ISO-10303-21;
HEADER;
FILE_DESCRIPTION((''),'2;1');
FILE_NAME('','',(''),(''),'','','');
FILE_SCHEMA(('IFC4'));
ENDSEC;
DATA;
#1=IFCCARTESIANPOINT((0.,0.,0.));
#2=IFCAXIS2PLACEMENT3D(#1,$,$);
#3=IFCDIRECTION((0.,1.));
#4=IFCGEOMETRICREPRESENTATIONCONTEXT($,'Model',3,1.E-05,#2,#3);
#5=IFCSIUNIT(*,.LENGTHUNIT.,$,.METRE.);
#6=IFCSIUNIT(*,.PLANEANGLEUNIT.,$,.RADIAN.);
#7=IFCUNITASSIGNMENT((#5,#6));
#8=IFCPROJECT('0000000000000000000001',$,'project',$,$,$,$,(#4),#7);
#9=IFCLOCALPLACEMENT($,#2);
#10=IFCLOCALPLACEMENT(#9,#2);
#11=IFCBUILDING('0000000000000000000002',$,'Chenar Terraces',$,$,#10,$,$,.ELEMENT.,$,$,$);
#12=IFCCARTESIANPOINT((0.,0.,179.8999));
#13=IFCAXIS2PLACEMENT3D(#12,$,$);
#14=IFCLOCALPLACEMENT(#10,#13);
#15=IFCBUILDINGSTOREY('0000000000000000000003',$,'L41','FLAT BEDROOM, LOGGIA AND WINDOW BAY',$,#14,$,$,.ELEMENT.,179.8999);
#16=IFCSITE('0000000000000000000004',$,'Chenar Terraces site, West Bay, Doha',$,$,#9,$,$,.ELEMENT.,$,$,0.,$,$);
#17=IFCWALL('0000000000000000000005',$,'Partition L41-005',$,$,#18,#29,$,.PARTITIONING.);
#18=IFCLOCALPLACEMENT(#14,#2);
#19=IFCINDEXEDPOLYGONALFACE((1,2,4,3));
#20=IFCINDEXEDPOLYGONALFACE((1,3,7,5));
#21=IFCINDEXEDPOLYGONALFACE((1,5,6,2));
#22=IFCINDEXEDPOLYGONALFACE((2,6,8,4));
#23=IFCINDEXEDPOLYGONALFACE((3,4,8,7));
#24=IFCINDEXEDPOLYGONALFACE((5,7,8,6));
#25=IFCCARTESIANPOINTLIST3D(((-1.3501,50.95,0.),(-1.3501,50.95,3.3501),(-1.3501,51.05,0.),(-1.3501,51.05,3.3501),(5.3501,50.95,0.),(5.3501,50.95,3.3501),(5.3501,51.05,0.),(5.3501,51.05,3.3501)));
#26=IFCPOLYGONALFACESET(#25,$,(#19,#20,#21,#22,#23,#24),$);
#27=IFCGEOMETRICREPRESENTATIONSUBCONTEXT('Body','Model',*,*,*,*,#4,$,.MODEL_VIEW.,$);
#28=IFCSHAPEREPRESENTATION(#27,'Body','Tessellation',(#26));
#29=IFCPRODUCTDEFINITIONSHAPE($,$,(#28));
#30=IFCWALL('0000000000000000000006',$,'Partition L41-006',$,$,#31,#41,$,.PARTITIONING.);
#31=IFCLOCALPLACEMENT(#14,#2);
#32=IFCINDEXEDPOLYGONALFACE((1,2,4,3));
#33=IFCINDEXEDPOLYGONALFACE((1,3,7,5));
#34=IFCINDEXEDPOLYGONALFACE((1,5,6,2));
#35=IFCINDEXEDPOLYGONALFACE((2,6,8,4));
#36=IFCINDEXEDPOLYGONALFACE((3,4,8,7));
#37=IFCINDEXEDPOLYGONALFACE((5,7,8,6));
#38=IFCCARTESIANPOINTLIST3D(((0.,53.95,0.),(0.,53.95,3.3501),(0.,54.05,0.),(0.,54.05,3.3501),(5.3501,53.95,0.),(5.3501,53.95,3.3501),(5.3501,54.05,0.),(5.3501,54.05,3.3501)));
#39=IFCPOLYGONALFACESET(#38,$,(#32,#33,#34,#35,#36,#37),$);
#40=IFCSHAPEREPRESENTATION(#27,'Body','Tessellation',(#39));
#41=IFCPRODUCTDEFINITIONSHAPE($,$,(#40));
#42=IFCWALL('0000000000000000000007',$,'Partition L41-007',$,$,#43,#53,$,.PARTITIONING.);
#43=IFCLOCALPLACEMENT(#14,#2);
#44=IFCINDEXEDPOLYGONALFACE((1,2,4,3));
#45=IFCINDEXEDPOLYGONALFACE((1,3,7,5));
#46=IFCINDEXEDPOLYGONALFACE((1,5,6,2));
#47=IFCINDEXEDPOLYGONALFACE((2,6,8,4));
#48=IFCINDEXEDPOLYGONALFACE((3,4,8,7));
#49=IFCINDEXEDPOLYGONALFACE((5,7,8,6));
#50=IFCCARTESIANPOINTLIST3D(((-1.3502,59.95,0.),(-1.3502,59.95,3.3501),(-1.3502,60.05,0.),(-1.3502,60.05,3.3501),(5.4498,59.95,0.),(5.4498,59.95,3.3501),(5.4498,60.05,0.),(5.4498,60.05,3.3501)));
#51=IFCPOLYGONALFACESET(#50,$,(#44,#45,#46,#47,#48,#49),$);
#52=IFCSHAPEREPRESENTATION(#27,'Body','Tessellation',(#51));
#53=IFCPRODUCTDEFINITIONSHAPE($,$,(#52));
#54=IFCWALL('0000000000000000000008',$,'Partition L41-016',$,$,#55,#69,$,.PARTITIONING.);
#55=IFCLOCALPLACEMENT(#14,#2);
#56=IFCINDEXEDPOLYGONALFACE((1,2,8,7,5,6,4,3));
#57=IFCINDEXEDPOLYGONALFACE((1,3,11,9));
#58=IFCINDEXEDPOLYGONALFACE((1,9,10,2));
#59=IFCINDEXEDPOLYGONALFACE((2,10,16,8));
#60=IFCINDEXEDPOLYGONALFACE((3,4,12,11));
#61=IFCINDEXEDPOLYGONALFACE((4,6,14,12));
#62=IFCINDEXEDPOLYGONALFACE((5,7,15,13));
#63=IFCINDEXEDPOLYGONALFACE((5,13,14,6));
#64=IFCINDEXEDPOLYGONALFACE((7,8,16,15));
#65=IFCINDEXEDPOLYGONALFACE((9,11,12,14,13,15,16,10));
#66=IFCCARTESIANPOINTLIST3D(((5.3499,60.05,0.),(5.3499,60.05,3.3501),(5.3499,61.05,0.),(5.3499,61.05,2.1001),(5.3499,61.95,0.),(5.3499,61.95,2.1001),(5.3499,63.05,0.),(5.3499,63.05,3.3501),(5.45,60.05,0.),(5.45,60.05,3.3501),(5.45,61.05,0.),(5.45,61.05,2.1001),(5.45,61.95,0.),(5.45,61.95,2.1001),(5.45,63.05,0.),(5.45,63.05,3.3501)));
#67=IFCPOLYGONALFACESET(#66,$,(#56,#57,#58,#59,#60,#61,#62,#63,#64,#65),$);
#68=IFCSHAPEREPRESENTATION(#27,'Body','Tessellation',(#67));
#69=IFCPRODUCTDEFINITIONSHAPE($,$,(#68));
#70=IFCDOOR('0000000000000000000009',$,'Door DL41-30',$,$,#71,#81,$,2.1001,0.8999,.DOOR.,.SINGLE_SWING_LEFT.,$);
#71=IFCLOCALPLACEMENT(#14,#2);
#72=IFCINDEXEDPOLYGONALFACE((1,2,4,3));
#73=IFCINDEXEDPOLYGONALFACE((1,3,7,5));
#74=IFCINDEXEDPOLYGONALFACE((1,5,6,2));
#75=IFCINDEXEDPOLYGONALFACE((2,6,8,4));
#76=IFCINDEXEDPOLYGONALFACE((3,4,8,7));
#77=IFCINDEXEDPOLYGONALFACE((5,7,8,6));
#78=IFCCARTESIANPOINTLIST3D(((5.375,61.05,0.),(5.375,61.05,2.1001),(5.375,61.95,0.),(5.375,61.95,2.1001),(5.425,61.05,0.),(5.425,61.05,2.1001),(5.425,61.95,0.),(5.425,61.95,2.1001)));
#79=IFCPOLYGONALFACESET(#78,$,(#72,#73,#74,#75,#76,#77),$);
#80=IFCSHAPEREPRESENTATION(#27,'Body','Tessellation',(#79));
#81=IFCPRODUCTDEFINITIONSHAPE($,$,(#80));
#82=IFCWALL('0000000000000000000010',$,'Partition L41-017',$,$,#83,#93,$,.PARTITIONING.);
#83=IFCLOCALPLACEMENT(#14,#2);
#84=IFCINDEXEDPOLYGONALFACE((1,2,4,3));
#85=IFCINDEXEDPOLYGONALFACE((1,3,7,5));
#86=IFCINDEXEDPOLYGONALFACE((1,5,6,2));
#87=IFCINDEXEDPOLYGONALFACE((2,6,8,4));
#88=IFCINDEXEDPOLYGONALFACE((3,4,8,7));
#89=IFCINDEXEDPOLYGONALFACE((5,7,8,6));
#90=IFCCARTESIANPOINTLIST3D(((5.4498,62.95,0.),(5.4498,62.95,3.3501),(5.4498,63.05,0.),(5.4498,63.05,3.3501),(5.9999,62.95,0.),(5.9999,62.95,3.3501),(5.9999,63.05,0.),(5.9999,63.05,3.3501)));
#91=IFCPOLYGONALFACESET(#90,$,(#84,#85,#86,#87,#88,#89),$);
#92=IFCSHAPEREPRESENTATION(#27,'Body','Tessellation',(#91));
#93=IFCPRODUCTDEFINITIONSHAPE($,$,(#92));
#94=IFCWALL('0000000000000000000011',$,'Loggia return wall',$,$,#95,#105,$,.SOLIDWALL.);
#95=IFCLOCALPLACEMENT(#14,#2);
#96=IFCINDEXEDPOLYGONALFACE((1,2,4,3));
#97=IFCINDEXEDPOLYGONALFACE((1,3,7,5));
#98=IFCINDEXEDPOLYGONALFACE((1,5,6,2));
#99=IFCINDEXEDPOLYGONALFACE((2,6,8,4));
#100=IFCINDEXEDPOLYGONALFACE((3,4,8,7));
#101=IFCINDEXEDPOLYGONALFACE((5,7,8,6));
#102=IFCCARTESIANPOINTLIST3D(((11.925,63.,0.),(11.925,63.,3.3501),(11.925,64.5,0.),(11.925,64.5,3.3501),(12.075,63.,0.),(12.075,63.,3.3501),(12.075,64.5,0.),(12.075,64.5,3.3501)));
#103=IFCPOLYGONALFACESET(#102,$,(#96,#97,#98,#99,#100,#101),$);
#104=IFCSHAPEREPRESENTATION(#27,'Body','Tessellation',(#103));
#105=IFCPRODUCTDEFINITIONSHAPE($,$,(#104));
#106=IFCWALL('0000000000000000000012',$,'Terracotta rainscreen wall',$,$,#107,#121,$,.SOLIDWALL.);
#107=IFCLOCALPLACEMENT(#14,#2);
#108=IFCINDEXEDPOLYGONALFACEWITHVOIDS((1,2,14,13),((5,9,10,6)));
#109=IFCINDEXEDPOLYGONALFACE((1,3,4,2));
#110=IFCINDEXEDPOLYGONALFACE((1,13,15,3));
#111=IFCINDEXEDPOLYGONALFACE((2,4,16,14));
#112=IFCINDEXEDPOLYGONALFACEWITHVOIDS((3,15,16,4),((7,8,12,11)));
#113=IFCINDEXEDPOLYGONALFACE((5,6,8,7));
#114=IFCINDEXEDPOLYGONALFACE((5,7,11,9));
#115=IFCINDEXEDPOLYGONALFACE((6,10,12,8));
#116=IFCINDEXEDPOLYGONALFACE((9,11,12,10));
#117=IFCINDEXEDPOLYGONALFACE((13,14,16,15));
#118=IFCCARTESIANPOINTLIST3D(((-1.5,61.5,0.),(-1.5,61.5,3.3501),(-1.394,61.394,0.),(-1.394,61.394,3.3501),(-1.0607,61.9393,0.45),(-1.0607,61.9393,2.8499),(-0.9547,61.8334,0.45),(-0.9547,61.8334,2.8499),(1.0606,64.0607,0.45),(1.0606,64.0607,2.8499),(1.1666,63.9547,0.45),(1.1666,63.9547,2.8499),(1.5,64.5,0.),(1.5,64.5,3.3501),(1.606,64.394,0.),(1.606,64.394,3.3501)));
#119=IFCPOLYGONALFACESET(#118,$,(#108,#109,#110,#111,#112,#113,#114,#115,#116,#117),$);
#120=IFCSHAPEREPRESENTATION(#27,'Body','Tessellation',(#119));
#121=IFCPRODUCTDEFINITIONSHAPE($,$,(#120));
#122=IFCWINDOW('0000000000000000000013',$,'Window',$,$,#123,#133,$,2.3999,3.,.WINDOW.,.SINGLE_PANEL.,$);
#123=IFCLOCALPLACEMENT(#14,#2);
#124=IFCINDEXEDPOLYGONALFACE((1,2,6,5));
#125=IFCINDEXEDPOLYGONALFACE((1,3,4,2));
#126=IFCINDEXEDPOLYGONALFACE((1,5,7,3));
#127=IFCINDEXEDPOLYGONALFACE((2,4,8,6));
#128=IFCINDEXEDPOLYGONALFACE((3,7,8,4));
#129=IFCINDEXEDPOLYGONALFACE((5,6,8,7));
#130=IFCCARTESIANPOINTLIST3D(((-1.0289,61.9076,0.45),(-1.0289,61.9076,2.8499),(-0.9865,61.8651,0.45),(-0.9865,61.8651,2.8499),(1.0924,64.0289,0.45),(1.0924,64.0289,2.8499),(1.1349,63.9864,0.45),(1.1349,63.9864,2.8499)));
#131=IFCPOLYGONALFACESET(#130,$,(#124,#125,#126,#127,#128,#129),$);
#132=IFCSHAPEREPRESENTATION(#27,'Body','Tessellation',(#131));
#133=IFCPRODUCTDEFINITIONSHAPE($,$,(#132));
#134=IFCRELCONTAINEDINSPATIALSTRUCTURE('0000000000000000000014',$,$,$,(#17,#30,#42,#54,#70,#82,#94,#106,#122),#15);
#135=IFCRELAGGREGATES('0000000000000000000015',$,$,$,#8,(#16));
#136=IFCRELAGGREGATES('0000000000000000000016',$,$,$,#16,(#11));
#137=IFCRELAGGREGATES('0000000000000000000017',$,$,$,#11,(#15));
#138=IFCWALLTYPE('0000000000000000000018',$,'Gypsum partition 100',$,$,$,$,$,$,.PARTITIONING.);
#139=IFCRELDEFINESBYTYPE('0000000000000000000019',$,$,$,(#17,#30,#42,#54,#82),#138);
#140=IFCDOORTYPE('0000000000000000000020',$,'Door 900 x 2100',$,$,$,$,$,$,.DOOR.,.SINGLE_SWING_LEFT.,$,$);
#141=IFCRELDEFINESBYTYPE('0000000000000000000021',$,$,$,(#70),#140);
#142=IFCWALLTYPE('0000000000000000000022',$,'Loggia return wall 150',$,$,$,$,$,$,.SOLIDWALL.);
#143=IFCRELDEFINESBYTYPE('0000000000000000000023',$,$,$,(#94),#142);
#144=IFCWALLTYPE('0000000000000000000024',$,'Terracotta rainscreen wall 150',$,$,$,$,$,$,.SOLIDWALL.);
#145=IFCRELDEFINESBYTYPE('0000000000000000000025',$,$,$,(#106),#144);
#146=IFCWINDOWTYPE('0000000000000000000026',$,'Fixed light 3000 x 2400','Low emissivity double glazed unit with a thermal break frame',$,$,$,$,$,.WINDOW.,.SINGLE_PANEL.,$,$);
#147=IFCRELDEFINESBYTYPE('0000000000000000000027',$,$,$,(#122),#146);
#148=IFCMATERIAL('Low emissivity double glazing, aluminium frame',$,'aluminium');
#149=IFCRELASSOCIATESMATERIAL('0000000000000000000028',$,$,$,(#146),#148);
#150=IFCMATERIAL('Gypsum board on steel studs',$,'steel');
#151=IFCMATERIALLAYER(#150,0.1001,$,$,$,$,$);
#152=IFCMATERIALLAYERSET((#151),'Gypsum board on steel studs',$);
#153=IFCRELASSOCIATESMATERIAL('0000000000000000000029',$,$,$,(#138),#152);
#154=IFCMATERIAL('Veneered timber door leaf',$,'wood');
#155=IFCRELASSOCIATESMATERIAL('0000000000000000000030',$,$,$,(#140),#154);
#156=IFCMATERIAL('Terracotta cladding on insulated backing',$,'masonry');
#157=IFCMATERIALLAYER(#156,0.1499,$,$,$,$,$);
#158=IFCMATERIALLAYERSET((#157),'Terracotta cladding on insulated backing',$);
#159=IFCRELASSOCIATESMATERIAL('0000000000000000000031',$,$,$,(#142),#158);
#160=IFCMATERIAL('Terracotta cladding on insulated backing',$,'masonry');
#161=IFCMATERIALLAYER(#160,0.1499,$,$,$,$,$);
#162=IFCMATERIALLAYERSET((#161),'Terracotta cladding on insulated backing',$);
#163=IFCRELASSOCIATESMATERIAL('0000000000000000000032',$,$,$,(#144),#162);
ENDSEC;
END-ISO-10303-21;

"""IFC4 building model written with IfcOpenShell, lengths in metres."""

from ifc_helpers import new_model, si_unit, direction, frame, frame_2d, origin, place, context, subcontext, project, spatial, rectangle, extrude, material, layer, layer_set, type_object, element, fill, save


model = new_model("IFC4")

# Units and contexts
model_context = context("Model", 3, precision=1e-05, world=origin(), true_north=direction((0.0, 1.0)))
body_context = subcontext(model_context, "Body", "Model", "MODEL_VIEW")
ifc_project = project(units=[si_unit("LENGTHUNIT", "METRE"), si_unit("PLANEANGLEUNIT", "RADIAN")], contexts=[model_context])

# Site, building, storey
site_placement = place(None, origin())
site = spatial("IfcSite", under=ifc_project, at=site_placement, Name="Chenar Terraces site, West Bay, Doha", CompositionType="ELEMENT", RefElevation=0.0)
building_placement = place(site_placement, origin())
building = spatial("IfcBuilding", under=site, at=building_placement, Name="Chenar Terraces", CompositionType="ELEMENT")
storey_placement = place(building_placement, frame((0.0, 0.0, 179.8999)))
storey = spatial("IfcBuildingStorey", under=building, at=storey_placement, Name="L41", Description="FLAT BEDROOM, LOGGIA AND WINDOW BAY", CompositionType="ELEMENT", Elevation=179.8999)

# Shared definitions
placement = place(storey_placement, frame((0.0, 54.0, 0.0), z_axis=(0.0, 0.0, 1.0), x_axis=(1.0, 0.0, 0.0)))

# Shared definitions
ifc_material_1 = material(Name="Low emissivity double glazing, aluminium frame", Category="aluminium")
window_type_1 = type_object("IfcWindowType", Name="Fixed light 3000 x 2400", Description="Low emissivity double glazed unit with a thermal break frame", PartitioningType="SINGLE_PANEL", PredefinedType="WINDOW", material=ifc_material_1)

# Walls
ifc_material_2 = material(Name="Gypsum board on steel studs", Category="steel")
ifc_layer_1 = layer(ifc_material_2, 0.1001)
ifc_layer_set_1 = layer_set([ifc_layer_1], Name="Gypsum board on steel studs")
wall_type_1 = type_object("IfcWallType", Name="Gypsum partition 100", PredefinedType="PARTITIONING", material=ifc_layer_set_1)
wall_1_placement = place(storey_placement, frame((-1.3501, 51.0, 0.0), z_axis=(0.0, 0.0, 1.0), x_axis=(1.0, 0.0, 0.0)))
element("IfcWall", 1, at=wall_1_placement, inside=storey, type_object=wall_type_1, Name="Partition L41-005", PredefinedType="PARTITIONING", context=body_context, shape_type="SweptSolid", body=[
    extrude(rectangle(XDim=6.7002, YDim=0.1001, at=frame_2d((3.3501, 0.0))), origin(), (0.0, 0.0, 1.0), 3.3501),
])
element("IfcWall", 2, at=placement, inside=storey, type_object=wall_type_1, Name="Partition L41-006", PredefinedType="PARTITIONING", context=body_context, shape_type="SweptSolid", body=[
    extrude(rectangle(XDim=5.3501, YDim=0.1001, at=frame_2d((2.675, 0.0))), origin(), (0.0, 0.0, 1.0), 3.3501),
])
wall_2_placement = place(storey_placement, frame((-1.3501, 60.0, 0.0), z_axis=(0.0, 0.0, 1.0), x_axis=(1.0, 0.0, 0.0)))
element("IfcWall", 3, at=wall_2_placement, inside=storey, type_object=wall_type_1, Name="Partition L41-007", PredefinedType="PARTITIONING", context=body_context, shape_type="SweptSolid", body=[
    extrude(rectangle(XDim=6.8, YDim=0.1001, at=frame_2d((3.3999, 0.0))), origin(), (0.0, 0.0, 1.0), 3.3501),
])

# Wall, opening, door
wall_3_placement = place(storey_placement, frame((5.3999, 60.05, 0.0), z_axis=(0.0, 0.0, 1.0), x_axis=(0.0, 1.0, 0.0)))
wall_3 = element("IfcWall", 4, at=wall_3_placement, inside=storey, type_object=wall_type_1, Name="Partition L41-016", PredefinedType="PARTITIONING", context=body_context, shape_type="SweptSolid", body=[
    extrude(rectangle(XDim=3.0, YDim=0.1001, at=frame_2d((1.5, 0.0))), origin(), (0.0, 0.0, 1.0), 3.3501),
])
opening_1_placement = place(wall_3_placement, frame((1.0, 0.0, 0.0)))
opening_1 = element("IfcOpeningElement", 5, at=opening_1_placement, cuts=wall_3, PredefinedType="OPENING", context=body_context, shape_type="SweptSolid", body=[
    extrude(rectangle(XDim=0.8999, YDim=2.1001, at=frame_2d((0.45, 1.05))), frame((0.0, 0.0601, 0.0), z_axis=(0.0, -1.0, 0.0), x_axis=(1.0, 0.0, 0.0)), (0.0, 0.0, 1.0), 0.1201),
])
ifc_material_3 = material(Name="Veneered timber door leaf", Category="wood")
door_type_1 = type_object("IfcDoorType", Name="Door 900 x 2100", OperationType="SINGLE_SWING_LEFT", PredefinedType="DOOR", material=ifc_material_3)
door_1_placement = place(opening_1_placement, origin())
door_1 = element("IfcDoor", 6, at=door_1_placement, inside=storey, type_object=door_type_1, Name="Door DL41-30", OperationType="SINGLE_SWING_LEFT", OverallHeight=2.1001, OverallWidth=0.8999, PredefinedType="DOOR", context=body_context, shape_type="SweptSolid", body=[
    extrude(rectangle(XDim=0.8999, YDim=2.1001, at=frame_2d((0.45, 1.05))), frame((0.0, 0.0249, 0.0), z_axis=(0.0, -1.0, 0.0), x_axis=(1.0, 0.0, 0.0)), (0.0, 0.0, 1.0), 0.05),
])
fill(opening_1, door_1)

# Walls
wall_4_placement = place(storey_placement, frame((5.45, 63.0, 0.0), z_axis=(0.0, 0.0, 1.0), x_axis=(1.0, 0.0, 0.0)))
element("IfcWall", 7, at=wall_4_placement, inside=storey, type_object=wall_type_1, Name="Partition L41-017", PredefinedType="PARTITIONING", context=body_context, shape_type="SweptSolid", body=[
    extrude(rectangle(XDim=0.55, YDim=0.1001, at=frame_2d((0.2749, 0.0))), origin(), (0.0, 0.0, 1.0), 3.3501),
])
ifc_material_4 = material(Name="Terracotta cladding on insulated backing", Category="masonry")
ifc_layer_2 = layer(ifc_material_4, 0.1499)
ifc_layer_set_2 = layer_set([ifc_layer_2], Name="Terracotta cladding on insulated backing")
wall_type_2 = type_object("IfcWallType", Name="Loggia return wall 150", PredefinedType="SOLIDWALL", material=ifc_layer_set_2)
wall_5_placement = place(storey_placement, frame((12.0, 64.5, 0.0), z_axis=(0.0, 0.0, 1.0), x_axis=(0.0, -1.0, 0.0)))
element("IfcWall", 8, at=wall_5_placement, inside=storey, type_object=wall_type_2, Name="Loggia return wall", PredefinedType="SOLIDWALL", context=body_context, shape_type="SweptSolid", body=[
    extrude(rectangle(XDim=1.5, YDim=0.1499, at=frame_2d((0.75, 0.0))), origin(), (0.0, 0.0, 1.0), 3.3501),
])

# Wall, opening, window
ifc_material_5 = material(Name="Terracotta cladding on insulated backing", Category="masonry")
ifc_layer_3 = layer(ifc_material_5, 0.1499)
ifc_layer_set_3 = layer_set([ifc_layer_3], Name="Terracotta cladding on insulated backing")
wall_type_3 = type_object("IfcWallType", Name="Terracotta rainscreen wall 150", PredefinedType="SOLIDWALL", material=ifc_layer_set_3)
wall_6_placement = place(storey_placement, frame((1.553, 64.447, 0.0), z_axis=(0.0, 0.0, 1.0), x_axis=(-0.707107, -0.707107, 0.0)))
wall_6 = element("IfcWall", 9, at=wall_6_placement, inside=storey, type_object=wall_type_3, Name="Terracotta rainscreen wall", PredefinedType="SOLIDWALL", context=body_context, shape_type="SweptSolid", body=[
    extrude(rectangle(XDim=4.2427, YDim=0.1499, at=frame_2d((2.1213, 0.0))), origin(), (0.0, 0.0, 1.0), 3.3501),
])
opening_2_placement = place(wall_6_placement, frame((0.6213, 0.0, 0.45)))
opening_2 = element("IfcOpeningElement", 10, at=opening_2_placement, cuts=wall_6, PredefinedType="OPENING", context=body_context, shape_type="SweptSolid", body=[
    extrude(rectangle(XDim=3.0, YDim=2.3999, at=frame_2d((1.5, 1.2))), frame((0.0, 0.085, 0.0), z_axis=(0.0, -1.0, 0.0), x_axis=(1.0, 0.0, 0.0)), (0.0, 0.0, 1.0), 0.1699),
])
window_1_placement = place(opening_2_placement, origin())
window_1 = element("IfcWindow", 11, at=window_1_placement, inside=storey, type_object=window_type_1, Name="Window", OverallHeight=2.3999, OverallWidth=3.0, PartitioningType="SINGLE_PANEL", PredefinedType="WINDOW", context=body_context, shape_type="SweptSolid", body=[
    extrude(rectangle(XDim=3.0, YDim=2.3999, at=frame_2d((1.5, 1.2))), frame((0.0, 0.03, 0.0), z_axis=(0.0, -1.0, 0.0), x_axis=(1.0, 0.0, 0.0)), (0.0, 0.0, 1.0), 0.0601),
])
fill(opening_2, window_1)

save(model, "model.ifc")
